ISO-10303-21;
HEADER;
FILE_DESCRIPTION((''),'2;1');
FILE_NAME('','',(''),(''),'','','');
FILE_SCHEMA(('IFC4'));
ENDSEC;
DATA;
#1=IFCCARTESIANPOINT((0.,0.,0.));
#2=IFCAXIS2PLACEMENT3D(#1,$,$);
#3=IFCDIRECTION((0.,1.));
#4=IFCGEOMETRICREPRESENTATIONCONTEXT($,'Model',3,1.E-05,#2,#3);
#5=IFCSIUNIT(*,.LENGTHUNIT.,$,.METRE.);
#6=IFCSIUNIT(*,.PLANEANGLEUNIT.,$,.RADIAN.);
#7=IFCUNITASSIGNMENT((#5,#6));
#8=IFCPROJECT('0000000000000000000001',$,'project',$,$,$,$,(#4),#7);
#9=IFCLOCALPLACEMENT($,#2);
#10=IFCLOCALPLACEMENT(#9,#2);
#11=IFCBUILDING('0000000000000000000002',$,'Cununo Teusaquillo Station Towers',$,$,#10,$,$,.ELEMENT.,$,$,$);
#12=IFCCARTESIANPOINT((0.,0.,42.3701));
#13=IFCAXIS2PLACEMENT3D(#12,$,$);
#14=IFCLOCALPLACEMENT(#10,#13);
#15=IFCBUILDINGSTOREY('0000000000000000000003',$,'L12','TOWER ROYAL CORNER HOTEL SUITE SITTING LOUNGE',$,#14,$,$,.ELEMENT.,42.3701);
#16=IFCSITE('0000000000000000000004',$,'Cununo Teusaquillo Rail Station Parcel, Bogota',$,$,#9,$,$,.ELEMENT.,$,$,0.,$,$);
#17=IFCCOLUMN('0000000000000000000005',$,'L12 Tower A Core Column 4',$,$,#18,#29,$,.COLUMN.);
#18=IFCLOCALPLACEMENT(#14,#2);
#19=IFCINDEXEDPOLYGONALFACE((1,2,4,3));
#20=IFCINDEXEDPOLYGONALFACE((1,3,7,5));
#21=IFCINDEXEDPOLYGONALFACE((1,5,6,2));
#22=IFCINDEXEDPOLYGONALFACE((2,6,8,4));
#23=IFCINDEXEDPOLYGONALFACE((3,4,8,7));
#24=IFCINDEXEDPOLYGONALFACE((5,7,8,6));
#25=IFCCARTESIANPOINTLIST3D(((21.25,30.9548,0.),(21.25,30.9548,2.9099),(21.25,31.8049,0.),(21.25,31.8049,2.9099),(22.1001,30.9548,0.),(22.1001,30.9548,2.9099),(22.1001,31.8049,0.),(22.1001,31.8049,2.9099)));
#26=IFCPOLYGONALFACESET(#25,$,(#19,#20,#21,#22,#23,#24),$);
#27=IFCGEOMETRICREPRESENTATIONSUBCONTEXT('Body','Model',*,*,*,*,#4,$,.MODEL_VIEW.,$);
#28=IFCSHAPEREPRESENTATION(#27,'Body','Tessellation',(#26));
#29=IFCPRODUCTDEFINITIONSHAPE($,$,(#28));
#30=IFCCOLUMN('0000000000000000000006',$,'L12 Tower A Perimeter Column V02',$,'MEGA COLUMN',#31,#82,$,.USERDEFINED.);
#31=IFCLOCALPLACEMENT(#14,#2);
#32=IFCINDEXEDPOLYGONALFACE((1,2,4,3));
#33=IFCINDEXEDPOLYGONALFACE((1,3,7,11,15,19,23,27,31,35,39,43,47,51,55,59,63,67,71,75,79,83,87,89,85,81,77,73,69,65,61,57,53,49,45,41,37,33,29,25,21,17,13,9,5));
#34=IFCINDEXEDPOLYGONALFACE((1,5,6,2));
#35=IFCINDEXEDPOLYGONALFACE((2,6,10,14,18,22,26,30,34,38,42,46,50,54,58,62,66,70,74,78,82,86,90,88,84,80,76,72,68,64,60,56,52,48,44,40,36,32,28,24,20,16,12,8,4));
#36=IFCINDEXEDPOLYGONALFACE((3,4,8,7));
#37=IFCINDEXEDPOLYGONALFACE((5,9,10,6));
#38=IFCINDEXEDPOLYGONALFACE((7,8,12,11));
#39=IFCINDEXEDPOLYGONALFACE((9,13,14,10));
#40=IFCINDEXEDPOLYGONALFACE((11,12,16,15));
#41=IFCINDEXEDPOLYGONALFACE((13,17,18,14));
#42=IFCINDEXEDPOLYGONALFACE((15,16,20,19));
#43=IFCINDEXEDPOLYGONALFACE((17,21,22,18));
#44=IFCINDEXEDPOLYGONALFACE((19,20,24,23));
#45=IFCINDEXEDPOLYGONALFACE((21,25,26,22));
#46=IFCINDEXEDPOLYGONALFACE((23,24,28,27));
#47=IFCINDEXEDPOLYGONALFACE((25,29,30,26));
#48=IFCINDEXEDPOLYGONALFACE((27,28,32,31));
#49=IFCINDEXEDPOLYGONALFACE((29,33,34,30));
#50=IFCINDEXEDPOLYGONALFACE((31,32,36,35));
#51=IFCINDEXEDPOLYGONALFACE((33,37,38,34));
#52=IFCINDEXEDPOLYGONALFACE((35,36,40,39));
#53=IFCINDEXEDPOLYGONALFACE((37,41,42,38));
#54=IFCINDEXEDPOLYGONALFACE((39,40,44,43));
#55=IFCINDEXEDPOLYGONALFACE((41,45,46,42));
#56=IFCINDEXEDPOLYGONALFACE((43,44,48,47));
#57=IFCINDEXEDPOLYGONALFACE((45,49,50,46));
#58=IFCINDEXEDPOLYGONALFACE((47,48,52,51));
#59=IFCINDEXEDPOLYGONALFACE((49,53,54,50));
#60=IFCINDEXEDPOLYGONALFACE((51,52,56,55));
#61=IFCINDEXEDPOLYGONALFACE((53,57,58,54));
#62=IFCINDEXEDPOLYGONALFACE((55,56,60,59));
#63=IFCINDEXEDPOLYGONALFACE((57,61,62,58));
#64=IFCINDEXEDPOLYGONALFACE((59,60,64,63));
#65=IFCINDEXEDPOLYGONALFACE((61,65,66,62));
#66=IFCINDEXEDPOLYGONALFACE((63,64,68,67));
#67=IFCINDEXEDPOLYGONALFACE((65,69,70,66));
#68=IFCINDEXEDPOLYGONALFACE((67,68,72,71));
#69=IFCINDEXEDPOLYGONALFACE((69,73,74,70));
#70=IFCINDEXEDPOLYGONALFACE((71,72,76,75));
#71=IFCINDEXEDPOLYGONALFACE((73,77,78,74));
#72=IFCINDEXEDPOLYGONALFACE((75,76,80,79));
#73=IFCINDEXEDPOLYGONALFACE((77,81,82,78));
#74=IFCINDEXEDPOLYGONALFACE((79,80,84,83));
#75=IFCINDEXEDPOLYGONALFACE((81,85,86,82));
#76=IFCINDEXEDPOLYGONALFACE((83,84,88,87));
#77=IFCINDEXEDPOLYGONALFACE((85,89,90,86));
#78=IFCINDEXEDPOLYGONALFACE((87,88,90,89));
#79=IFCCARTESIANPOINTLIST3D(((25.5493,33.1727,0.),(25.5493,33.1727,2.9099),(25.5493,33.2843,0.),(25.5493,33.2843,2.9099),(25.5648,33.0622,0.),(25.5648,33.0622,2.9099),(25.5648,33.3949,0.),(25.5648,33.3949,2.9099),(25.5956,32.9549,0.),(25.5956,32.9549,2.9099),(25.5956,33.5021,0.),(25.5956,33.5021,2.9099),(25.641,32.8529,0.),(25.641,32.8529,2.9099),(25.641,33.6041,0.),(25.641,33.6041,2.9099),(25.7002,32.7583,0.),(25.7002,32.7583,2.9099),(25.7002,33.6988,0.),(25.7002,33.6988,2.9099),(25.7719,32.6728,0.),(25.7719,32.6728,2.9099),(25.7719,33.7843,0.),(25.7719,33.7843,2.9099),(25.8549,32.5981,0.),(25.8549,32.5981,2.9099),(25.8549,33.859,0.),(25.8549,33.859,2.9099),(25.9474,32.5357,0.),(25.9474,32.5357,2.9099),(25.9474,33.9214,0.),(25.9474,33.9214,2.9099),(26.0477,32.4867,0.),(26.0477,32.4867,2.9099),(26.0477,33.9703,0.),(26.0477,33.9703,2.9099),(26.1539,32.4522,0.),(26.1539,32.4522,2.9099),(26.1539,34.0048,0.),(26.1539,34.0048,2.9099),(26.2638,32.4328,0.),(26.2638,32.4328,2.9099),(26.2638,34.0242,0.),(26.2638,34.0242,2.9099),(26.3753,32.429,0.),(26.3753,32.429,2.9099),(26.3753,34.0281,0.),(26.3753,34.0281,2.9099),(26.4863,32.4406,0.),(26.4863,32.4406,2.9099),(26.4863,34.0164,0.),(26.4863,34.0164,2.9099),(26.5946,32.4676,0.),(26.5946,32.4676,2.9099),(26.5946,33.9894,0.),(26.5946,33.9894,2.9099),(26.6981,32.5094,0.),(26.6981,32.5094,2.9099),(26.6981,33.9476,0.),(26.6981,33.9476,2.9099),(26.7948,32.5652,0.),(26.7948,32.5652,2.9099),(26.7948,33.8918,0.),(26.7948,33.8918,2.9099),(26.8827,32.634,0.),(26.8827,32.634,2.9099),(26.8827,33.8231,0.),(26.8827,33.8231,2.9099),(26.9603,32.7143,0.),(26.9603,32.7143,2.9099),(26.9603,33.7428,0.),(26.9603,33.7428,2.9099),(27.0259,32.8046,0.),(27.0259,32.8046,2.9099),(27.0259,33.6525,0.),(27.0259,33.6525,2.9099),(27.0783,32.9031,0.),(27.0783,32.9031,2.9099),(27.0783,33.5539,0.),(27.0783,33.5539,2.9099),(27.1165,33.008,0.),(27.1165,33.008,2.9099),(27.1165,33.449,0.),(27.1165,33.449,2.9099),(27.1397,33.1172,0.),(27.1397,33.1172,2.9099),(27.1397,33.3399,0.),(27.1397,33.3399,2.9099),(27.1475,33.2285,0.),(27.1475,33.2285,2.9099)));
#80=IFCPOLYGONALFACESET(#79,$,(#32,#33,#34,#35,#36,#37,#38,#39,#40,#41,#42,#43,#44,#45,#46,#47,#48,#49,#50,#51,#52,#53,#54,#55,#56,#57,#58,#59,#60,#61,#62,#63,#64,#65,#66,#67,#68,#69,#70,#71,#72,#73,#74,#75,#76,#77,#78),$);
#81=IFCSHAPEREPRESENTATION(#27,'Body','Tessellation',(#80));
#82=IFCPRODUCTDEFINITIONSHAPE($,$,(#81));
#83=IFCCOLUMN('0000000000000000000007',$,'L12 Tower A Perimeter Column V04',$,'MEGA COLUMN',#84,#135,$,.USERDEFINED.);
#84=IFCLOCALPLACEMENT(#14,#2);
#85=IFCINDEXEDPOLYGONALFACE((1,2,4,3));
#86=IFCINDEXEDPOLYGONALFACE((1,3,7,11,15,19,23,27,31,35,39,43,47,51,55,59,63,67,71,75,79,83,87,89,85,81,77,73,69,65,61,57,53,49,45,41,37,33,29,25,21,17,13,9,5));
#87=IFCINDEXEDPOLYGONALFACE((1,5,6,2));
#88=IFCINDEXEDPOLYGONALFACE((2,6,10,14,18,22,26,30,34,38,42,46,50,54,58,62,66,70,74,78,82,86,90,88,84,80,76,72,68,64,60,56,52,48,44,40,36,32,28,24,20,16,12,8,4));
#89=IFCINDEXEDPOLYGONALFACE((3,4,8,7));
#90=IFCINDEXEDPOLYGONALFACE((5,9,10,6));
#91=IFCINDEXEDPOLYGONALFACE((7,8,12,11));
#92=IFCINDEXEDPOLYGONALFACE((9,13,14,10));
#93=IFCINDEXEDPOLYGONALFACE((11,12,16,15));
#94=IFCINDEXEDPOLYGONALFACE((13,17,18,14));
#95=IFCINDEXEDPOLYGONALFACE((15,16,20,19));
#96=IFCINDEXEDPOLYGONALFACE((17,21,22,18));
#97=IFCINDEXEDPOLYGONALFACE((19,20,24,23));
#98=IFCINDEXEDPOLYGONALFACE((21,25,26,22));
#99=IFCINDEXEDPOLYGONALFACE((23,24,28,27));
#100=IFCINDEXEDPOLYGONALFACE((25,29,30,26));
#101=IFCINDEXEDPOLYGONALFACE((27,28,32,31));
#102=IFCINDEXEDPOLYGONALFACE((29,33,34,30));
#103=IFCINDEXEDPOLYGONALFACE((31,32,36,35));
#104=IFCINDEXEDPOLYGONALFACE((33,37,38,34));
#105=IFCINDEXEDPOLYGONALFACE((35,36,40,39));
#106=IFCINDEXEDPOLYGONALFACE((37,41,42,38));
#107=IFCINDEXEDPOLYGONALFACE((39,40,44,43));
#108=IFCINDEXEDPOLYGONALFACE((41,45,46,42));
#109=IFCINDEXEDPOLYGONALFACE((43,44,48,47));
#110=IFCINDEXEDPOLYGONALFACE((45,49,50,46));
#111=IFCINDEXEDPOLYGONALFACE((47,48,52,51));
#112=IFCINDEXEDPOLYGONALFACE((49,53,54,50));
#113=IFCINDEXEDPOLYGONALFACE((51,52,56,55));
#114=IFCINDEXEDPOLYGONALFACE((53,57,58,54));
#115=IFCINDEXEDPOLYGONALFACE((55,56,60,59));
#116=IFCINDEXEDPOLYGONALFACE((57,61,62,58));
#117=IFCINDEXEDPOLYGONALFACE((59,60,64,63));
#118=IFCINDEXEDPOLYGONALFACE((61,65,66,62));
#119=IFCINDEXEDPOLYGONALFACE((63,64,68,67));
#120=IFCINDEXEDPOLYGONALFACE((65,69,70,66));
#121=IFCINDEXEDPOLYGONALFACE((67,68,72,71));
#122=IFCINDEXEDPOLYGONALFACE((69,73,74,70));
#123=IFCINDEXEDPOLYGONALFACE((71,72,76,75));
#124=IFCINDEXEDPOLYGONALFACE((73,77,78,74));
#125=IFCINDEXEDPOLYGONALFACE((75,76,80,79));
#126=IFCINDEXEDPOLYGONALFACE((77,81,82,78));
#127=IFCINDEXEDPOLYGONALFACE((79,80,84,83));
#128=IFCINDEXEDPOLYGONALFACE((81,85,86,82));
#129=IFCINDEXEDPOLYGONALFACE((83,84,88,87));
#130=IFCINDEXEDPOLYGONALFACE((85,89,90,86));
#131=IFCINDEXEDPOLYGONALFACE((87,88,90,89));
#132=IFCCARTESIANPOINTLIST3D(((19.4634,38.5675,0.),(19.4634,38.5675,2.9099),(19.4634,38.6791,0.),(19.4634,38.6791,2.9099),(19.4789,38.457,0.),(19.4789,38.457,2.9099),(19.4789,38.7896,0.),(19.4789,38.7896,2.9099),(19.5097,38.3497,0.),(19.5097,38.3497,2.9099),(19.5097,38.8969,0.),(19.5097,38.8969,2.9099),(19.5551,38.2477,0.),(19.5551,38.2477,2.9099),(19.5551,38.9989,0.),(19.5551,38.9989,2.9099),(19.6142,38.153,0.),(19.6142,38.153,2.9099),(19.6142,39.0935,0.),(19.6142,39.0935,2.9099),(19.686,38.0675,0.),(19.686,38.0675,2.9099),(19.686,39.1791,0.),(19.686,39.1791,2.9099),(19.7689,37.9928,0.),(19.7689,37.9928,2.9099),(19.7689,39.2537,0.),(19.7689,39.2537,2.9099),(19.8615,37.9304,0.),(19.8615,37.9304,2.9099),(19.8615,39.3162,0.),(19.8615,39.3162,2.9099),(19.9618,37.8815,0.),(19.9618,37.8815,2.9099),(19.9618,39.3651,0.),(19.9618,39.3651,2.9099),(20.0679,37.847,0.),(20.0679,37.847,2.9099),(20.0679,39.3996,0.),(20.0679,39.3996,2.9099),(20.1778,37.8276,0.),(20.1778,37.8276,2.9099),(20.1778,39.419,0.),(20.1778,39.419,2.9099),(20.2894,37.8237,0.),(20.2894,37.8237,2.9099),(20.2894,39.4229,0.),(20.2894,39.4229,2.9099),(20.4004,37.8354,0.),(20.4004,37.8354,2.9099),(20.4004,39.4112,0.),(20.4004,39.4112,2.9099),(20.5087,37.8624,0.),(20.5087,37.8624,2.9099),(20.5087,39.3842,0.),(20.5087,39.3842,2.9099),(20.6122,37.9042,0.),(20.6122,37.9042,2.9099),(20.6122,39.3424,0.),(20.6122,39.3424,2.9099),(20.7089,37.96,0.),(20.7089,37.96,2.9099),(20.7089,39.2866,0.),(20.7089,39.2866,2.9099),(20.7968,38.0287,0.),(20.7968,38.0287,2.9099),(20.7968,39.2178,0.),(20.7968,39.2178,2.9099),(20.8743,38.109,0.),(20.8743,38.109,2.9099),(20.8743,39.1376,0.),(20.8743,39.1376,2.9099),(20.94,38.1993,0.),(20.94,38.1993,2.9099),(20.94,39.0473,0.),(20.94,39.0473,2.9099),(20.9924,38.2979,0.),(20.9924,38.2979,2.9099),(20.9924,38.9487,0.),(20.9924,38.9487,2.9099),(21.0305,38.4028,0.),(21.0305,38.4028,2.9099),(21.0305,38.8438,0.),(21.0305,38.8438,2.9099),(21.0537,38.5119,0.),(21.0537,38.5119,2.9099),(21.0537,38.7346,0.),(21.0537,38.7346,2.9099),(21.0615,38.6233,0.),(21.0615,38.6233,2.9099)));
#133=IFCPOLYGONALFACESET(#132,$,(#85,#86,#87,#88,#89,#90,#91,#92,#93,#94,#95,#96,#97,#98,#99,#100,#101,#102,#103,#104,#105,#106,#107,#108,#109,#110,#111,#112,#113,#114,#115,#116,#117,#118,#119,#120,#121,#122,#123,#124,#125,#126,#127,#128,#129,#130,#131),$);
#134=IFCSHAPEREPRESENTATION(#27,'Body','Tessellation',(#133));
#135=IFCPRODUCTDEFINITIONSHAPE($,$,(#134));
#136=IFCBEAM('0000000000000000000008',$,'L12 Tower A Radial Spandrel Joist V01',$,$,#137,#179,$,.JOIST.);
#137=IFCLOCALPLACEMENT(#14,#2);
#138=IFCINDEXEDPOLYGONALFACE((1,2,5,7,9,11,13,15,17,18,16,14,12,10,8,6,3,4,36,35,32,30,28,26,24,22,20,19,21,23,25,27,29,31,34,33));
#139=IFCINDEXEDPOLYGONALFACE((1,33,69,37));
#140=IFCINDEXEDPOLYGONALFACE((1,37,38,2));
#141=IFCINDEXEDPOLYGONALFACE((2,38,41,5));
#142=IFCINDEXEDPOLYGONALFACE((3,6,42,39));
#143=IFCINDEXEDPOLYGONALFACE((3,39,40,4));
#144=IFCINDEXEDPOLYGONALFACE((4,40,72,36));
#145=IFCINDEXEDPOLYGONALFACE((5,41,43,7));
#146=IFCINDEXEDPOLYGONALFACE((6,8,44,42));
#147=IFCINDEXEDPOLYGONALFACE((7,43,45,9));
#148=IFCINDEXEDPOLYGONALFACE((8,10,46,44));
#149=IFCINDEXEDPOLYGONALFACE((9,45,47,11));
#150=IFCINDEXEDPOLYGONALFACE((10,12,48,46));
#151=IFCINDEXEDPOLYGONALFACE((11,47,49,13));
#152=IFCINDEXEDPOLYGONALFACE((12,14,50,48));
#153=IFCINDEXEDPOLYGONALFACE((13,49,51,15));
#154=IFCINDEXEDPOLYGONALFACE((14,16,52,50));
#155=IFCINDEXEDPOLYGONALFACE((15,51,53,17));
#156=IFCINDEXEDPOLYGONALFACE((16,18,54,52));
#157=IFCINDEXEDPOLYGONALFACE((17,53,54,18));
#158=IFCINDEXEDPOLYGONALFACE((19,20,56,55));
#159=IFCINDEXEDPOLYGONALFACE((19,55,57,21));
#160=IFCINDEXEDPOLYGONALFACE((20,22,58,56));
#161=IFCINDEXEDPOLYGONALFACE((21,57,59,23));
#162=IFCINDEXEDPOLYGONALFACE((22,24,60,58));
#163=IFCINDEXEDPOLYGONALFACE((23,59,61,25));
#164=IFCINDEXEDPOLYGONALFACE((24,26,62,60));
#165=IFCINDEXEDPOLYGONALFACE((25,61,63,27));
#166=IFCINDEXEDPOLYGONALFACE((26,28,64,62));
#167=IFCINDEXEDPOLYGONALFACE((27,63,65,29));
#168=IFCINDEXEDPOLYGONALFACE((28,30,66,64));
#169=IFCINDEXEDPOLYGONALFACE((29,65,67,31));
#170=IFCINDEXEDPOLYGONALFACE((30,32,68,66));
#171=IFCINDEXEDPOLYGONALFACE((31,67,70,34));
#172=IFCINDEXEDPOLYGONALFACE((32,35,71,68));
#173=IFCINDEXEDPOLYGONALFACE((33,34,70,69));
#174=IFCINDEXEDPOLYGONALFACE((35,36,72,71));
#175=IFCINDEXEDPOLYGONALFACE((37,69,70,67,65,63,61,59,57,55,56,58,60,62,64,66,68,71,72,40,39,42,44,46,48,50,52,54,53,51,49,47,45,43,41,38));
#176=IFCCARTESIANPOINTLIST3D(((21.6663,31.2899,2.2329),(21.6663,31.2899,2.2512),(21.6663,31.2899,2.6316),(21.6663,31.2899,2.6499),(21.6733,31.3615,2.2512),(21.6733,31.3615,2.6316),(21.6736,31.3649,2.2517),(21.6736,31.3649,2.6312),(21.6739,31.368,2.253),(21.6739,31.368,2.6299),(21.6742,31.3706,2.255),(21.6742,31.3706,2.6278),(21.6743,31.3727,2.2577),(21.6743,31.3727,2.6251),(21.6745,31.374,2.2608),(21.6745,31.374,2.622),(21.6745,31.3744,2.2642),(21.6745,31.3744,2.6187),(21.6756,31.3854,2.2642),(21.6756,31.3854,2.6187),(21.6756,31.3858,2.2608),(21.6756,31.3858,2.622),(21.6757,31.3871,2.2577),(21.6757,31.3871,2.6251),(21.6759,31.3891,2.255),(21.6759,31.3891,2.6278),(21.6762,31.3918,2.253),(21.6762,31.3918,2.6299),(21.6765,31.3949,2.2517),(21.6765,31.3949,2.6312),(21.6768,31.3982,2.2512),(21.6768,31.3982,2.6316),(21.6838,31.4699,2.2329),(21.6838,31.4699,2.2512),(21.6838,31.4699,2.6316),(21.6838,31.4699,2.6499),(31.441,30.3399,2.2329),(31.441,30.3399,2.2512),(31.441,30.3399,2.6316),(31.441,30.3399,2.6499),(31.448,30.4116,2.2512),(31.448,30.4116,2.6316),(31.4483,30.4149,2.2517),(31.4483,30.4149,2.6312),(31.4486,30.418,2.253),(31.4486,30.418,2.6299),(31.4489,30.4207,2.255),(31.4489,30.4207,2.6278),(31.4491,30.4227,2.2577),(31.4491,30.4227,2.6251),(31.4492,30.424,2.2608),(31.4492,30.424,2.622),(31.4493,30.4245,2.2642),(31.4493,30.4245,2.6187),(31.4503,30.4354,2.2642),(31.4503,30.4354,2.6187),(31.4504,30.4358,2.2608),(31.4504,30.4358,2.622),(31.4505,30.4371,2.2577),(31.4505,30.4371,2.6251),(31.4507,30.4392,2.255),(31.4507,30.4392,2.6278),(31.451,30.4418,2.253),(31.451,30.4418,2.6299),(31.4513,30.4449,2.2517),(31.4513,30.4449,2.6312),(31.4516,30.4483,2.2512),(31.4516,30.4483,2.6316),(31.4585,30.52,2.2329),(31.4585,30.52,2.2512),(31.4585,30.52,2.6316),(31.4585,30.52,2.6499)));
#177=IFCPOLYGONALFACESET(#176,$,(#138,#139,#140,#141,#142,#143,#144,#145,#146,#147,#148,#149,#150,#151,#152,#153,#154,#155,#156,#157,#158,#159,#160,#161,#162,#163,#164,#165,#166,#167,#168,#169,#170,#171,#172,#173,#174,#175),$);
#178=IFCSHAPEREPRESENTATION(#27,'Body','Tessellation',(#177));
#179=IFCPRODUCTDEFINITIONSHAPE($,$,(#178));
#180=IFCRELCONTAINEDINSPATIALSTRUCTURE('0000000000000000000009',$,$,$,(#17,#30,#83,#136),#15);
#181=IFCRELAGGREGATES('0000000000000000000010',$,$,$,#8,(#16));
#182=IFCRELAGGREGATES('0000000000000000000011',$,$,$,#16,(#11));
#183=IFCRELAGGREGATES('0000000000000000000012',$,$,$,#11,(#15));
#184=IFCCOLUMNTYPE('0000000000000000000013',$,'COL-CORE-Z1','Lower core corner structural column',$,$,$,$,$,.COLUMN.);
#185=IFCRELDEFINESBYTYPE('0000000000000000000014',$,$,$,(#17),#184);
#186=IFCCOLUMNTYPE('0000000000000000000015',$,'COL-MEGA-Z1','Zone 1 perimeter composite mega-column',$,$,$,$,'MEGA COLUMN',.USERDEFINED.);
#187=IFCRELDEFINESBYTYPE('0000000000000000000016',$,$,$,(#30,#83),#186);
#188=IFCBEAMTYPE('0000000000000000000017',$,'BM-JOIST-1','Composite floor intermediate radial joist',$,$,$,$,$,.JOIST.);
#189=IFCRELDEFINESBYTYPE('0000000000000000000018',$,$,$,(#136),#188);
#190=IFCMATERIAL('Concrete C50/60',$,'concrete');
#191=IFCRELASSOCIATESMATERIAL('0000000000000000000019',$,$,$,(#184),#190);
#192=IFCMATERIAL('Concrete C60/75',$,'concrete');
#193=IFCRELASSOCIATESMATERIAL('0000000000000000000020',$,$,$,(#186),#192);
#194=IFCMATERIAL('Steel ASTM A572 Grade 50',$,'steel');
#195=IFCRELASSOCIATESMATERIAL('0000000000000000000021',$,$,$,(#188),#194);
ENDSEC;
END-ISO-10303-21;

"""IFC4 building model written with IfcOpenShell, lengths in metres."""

from ifc_helpers import new_model, si_unit, direction, frame, origin, origin_2d, place, context, subcontext, project, spatial, rectangle, circle, i_section, extrude, material, material_profile, profile_set, type_object, element, save


model = new_model("IFC4")

# Units and contexts
model_context = context("Model", 3, precision=1e-05, world=origin(), true_north=direction((0.0, 1.0)))
body_context = subcontext(model_context, "Body", "Model", "MODEL_VIEW")
ifc_project = project(units=[si_unit("LENGTHUNIT", "METRE"), si_unit("PLANEANGLEUNIT", "RADIAN")], contexts=[model_context])

# Site, building, storey
site_placement = place(None, origin())
site = spatial("IfcSite", under=ifc_project, at=site_placement, Name="Cununo Teusaquillo Rail Station Parcel, Bogota", CompositionType="ELEMENT", RefElevation=0.0)
building_placement = place(site_placement, origin())
building = spatial("IfcBuilding", under=site, at=building_placement, Name="Cununo Teusaquillo Station Towers", CompositionType="ELEMENT")
storey_placement = place(building_placement, frame((0.0, 0.0, 42.3701)))
storey = spatial("IfcBuildingStorey", under=building, at=storey_placement, Name="L12", Description="TOWER ROYAL CORNER HOTEL SUITE SITTING LOUNGE", CompositionType="ELEMENT", Elevation=42.3701)

# Columns
ifc_material_1 = material(Name="Concrete C50/60", Category="concrete")
ifc_material_profile_1 = material_profile(ifc_material_1, rectangle(XDim=0.8501, YDim=0.8501, at=origin_2d()), Name="RC-RECT-850x850")
ifc_profile_set_1 = profile_set([ifc_material_profile_1], Name="Concrete C50/60")
column_type_1 = type_object("IfcColumnType", Name="COL-CORE-Z1", Description="Lower core corner structural column", PredefinedType="COLUMN", material=ifc_profile_set_1)
column_placement = place(storey_placement, frame((21.675, 31.3799, 0.0), z_axis=(0.0, 0.0, 1.0), x_axis=(1.0, 0.0, 0.0)))
element("IfcColumn", 1, at=column_placement, inside=storey, type_object=column_type_1, Name="L12 Tower A Core Column 4", PredefinedType="COLUMN", context=body_context, shape_type="SweptSolid", body=[
    extrude(rectangle(XDim=0.8501, YDim=0.8501, at=origin_2d()), origin(), (0.0, 0.0, 1.0), 2.9099),
])
ifc_material_2 = material(Name="Concrete C60/75", Category="concrete")
ifc_material_profile_2 = material_profile(ifc_material_2, circle(Radius=0.8, at=origin_2d()), Name="RC-CIRC-1600")
ifc_profile_set_2 = profile_set([ifc_material_profile_2], Name="Concrete C60/75")
column_type_2 = type_object("IfcColumnType", Name="COL-MEGA-Z1", Description="Zone 1 perimeter composite mega-column", ElementType="MEGA COLUMN", PredefinedType="USERDEFINED", material=ifc_profile_set_2)
for number, where, z_axis, x_axis, name in (
    (2, (26.3474, 33.2285, 0.0), (0.0, 0.0, 1.0), (1.0, 0.0, 0.0), "L12 Tower A Perimeter Column V02"),
    (3, (20.2615, 38.6233, 0.0), (0.0, 0.0, 1.0), (1.0, 0.0, 0.0), "L12 Tower A Perimeter Column V04"),
):
    element("IfcColumn", number, at=place(storey_placement, frame(where, z_axis=z_axis, x_axis=x_axis)), inside=storey, type_object=column_type_2, Name=name, ObjectType="MEGA COLUMN", PredefinedType="USERDEFINED", context=body_context, shape_type="SweptSolid", body=[
        extrude(circle(Radius=0.8, at=origin_2d()), origin(), (0.0, 0.0, 1.0), 2.9099),
    ])

# Beam
ifc_material_3 = material(Name="Steel ASTM A572 Grade 50", Category="steel")
ifc_material_profile_3 = material_profile(ifc_material_3, i_section(OverallWidth=0.1809, OverallDepth=0.417, WebThickness=0.011, FlangeThickness=0.0183, FilletRadius=0.0129, at=origin_2d()), Name="W16X57")
ifc_profile_set_3 = profile_set([ifc_material_profile_3], Name="Steel ASTM A572 Grade 50")
beam_type_1 = type_object("IfcBeamType", Name="BM-JOIST-1", Description="Composite floor intermediate radial joist", PredefinedType="JOIST", material=ifc_profile_set_3)
beam_1_placement = place(storey_placement, frame((21.675, 31.3799, 2.4414), z_axis=(0.995311, -0.096729, 0.0), x_axis=(0.096729, 0.995311, 0.0)))
element("IfcBeam", 4, at=beam_1_placement, inside=storey, type_object=beam_type_1, Name="L12 Tower A Radial Spandrel Joist V01", PredefinedType="JOIST", context=body_context, shape_type="SweptSolid", body=[
    extrude(i_section(OverallWidth=0.1809, OverallDepth=0.417, WebThickness=0.011, FlangeThickness=0.0183, FilletRadius=0.0129, at=origin_2d()), origin(), (0.0, 0.0, 1.0), 9.8208),
])

save(model, "model.ifc")
